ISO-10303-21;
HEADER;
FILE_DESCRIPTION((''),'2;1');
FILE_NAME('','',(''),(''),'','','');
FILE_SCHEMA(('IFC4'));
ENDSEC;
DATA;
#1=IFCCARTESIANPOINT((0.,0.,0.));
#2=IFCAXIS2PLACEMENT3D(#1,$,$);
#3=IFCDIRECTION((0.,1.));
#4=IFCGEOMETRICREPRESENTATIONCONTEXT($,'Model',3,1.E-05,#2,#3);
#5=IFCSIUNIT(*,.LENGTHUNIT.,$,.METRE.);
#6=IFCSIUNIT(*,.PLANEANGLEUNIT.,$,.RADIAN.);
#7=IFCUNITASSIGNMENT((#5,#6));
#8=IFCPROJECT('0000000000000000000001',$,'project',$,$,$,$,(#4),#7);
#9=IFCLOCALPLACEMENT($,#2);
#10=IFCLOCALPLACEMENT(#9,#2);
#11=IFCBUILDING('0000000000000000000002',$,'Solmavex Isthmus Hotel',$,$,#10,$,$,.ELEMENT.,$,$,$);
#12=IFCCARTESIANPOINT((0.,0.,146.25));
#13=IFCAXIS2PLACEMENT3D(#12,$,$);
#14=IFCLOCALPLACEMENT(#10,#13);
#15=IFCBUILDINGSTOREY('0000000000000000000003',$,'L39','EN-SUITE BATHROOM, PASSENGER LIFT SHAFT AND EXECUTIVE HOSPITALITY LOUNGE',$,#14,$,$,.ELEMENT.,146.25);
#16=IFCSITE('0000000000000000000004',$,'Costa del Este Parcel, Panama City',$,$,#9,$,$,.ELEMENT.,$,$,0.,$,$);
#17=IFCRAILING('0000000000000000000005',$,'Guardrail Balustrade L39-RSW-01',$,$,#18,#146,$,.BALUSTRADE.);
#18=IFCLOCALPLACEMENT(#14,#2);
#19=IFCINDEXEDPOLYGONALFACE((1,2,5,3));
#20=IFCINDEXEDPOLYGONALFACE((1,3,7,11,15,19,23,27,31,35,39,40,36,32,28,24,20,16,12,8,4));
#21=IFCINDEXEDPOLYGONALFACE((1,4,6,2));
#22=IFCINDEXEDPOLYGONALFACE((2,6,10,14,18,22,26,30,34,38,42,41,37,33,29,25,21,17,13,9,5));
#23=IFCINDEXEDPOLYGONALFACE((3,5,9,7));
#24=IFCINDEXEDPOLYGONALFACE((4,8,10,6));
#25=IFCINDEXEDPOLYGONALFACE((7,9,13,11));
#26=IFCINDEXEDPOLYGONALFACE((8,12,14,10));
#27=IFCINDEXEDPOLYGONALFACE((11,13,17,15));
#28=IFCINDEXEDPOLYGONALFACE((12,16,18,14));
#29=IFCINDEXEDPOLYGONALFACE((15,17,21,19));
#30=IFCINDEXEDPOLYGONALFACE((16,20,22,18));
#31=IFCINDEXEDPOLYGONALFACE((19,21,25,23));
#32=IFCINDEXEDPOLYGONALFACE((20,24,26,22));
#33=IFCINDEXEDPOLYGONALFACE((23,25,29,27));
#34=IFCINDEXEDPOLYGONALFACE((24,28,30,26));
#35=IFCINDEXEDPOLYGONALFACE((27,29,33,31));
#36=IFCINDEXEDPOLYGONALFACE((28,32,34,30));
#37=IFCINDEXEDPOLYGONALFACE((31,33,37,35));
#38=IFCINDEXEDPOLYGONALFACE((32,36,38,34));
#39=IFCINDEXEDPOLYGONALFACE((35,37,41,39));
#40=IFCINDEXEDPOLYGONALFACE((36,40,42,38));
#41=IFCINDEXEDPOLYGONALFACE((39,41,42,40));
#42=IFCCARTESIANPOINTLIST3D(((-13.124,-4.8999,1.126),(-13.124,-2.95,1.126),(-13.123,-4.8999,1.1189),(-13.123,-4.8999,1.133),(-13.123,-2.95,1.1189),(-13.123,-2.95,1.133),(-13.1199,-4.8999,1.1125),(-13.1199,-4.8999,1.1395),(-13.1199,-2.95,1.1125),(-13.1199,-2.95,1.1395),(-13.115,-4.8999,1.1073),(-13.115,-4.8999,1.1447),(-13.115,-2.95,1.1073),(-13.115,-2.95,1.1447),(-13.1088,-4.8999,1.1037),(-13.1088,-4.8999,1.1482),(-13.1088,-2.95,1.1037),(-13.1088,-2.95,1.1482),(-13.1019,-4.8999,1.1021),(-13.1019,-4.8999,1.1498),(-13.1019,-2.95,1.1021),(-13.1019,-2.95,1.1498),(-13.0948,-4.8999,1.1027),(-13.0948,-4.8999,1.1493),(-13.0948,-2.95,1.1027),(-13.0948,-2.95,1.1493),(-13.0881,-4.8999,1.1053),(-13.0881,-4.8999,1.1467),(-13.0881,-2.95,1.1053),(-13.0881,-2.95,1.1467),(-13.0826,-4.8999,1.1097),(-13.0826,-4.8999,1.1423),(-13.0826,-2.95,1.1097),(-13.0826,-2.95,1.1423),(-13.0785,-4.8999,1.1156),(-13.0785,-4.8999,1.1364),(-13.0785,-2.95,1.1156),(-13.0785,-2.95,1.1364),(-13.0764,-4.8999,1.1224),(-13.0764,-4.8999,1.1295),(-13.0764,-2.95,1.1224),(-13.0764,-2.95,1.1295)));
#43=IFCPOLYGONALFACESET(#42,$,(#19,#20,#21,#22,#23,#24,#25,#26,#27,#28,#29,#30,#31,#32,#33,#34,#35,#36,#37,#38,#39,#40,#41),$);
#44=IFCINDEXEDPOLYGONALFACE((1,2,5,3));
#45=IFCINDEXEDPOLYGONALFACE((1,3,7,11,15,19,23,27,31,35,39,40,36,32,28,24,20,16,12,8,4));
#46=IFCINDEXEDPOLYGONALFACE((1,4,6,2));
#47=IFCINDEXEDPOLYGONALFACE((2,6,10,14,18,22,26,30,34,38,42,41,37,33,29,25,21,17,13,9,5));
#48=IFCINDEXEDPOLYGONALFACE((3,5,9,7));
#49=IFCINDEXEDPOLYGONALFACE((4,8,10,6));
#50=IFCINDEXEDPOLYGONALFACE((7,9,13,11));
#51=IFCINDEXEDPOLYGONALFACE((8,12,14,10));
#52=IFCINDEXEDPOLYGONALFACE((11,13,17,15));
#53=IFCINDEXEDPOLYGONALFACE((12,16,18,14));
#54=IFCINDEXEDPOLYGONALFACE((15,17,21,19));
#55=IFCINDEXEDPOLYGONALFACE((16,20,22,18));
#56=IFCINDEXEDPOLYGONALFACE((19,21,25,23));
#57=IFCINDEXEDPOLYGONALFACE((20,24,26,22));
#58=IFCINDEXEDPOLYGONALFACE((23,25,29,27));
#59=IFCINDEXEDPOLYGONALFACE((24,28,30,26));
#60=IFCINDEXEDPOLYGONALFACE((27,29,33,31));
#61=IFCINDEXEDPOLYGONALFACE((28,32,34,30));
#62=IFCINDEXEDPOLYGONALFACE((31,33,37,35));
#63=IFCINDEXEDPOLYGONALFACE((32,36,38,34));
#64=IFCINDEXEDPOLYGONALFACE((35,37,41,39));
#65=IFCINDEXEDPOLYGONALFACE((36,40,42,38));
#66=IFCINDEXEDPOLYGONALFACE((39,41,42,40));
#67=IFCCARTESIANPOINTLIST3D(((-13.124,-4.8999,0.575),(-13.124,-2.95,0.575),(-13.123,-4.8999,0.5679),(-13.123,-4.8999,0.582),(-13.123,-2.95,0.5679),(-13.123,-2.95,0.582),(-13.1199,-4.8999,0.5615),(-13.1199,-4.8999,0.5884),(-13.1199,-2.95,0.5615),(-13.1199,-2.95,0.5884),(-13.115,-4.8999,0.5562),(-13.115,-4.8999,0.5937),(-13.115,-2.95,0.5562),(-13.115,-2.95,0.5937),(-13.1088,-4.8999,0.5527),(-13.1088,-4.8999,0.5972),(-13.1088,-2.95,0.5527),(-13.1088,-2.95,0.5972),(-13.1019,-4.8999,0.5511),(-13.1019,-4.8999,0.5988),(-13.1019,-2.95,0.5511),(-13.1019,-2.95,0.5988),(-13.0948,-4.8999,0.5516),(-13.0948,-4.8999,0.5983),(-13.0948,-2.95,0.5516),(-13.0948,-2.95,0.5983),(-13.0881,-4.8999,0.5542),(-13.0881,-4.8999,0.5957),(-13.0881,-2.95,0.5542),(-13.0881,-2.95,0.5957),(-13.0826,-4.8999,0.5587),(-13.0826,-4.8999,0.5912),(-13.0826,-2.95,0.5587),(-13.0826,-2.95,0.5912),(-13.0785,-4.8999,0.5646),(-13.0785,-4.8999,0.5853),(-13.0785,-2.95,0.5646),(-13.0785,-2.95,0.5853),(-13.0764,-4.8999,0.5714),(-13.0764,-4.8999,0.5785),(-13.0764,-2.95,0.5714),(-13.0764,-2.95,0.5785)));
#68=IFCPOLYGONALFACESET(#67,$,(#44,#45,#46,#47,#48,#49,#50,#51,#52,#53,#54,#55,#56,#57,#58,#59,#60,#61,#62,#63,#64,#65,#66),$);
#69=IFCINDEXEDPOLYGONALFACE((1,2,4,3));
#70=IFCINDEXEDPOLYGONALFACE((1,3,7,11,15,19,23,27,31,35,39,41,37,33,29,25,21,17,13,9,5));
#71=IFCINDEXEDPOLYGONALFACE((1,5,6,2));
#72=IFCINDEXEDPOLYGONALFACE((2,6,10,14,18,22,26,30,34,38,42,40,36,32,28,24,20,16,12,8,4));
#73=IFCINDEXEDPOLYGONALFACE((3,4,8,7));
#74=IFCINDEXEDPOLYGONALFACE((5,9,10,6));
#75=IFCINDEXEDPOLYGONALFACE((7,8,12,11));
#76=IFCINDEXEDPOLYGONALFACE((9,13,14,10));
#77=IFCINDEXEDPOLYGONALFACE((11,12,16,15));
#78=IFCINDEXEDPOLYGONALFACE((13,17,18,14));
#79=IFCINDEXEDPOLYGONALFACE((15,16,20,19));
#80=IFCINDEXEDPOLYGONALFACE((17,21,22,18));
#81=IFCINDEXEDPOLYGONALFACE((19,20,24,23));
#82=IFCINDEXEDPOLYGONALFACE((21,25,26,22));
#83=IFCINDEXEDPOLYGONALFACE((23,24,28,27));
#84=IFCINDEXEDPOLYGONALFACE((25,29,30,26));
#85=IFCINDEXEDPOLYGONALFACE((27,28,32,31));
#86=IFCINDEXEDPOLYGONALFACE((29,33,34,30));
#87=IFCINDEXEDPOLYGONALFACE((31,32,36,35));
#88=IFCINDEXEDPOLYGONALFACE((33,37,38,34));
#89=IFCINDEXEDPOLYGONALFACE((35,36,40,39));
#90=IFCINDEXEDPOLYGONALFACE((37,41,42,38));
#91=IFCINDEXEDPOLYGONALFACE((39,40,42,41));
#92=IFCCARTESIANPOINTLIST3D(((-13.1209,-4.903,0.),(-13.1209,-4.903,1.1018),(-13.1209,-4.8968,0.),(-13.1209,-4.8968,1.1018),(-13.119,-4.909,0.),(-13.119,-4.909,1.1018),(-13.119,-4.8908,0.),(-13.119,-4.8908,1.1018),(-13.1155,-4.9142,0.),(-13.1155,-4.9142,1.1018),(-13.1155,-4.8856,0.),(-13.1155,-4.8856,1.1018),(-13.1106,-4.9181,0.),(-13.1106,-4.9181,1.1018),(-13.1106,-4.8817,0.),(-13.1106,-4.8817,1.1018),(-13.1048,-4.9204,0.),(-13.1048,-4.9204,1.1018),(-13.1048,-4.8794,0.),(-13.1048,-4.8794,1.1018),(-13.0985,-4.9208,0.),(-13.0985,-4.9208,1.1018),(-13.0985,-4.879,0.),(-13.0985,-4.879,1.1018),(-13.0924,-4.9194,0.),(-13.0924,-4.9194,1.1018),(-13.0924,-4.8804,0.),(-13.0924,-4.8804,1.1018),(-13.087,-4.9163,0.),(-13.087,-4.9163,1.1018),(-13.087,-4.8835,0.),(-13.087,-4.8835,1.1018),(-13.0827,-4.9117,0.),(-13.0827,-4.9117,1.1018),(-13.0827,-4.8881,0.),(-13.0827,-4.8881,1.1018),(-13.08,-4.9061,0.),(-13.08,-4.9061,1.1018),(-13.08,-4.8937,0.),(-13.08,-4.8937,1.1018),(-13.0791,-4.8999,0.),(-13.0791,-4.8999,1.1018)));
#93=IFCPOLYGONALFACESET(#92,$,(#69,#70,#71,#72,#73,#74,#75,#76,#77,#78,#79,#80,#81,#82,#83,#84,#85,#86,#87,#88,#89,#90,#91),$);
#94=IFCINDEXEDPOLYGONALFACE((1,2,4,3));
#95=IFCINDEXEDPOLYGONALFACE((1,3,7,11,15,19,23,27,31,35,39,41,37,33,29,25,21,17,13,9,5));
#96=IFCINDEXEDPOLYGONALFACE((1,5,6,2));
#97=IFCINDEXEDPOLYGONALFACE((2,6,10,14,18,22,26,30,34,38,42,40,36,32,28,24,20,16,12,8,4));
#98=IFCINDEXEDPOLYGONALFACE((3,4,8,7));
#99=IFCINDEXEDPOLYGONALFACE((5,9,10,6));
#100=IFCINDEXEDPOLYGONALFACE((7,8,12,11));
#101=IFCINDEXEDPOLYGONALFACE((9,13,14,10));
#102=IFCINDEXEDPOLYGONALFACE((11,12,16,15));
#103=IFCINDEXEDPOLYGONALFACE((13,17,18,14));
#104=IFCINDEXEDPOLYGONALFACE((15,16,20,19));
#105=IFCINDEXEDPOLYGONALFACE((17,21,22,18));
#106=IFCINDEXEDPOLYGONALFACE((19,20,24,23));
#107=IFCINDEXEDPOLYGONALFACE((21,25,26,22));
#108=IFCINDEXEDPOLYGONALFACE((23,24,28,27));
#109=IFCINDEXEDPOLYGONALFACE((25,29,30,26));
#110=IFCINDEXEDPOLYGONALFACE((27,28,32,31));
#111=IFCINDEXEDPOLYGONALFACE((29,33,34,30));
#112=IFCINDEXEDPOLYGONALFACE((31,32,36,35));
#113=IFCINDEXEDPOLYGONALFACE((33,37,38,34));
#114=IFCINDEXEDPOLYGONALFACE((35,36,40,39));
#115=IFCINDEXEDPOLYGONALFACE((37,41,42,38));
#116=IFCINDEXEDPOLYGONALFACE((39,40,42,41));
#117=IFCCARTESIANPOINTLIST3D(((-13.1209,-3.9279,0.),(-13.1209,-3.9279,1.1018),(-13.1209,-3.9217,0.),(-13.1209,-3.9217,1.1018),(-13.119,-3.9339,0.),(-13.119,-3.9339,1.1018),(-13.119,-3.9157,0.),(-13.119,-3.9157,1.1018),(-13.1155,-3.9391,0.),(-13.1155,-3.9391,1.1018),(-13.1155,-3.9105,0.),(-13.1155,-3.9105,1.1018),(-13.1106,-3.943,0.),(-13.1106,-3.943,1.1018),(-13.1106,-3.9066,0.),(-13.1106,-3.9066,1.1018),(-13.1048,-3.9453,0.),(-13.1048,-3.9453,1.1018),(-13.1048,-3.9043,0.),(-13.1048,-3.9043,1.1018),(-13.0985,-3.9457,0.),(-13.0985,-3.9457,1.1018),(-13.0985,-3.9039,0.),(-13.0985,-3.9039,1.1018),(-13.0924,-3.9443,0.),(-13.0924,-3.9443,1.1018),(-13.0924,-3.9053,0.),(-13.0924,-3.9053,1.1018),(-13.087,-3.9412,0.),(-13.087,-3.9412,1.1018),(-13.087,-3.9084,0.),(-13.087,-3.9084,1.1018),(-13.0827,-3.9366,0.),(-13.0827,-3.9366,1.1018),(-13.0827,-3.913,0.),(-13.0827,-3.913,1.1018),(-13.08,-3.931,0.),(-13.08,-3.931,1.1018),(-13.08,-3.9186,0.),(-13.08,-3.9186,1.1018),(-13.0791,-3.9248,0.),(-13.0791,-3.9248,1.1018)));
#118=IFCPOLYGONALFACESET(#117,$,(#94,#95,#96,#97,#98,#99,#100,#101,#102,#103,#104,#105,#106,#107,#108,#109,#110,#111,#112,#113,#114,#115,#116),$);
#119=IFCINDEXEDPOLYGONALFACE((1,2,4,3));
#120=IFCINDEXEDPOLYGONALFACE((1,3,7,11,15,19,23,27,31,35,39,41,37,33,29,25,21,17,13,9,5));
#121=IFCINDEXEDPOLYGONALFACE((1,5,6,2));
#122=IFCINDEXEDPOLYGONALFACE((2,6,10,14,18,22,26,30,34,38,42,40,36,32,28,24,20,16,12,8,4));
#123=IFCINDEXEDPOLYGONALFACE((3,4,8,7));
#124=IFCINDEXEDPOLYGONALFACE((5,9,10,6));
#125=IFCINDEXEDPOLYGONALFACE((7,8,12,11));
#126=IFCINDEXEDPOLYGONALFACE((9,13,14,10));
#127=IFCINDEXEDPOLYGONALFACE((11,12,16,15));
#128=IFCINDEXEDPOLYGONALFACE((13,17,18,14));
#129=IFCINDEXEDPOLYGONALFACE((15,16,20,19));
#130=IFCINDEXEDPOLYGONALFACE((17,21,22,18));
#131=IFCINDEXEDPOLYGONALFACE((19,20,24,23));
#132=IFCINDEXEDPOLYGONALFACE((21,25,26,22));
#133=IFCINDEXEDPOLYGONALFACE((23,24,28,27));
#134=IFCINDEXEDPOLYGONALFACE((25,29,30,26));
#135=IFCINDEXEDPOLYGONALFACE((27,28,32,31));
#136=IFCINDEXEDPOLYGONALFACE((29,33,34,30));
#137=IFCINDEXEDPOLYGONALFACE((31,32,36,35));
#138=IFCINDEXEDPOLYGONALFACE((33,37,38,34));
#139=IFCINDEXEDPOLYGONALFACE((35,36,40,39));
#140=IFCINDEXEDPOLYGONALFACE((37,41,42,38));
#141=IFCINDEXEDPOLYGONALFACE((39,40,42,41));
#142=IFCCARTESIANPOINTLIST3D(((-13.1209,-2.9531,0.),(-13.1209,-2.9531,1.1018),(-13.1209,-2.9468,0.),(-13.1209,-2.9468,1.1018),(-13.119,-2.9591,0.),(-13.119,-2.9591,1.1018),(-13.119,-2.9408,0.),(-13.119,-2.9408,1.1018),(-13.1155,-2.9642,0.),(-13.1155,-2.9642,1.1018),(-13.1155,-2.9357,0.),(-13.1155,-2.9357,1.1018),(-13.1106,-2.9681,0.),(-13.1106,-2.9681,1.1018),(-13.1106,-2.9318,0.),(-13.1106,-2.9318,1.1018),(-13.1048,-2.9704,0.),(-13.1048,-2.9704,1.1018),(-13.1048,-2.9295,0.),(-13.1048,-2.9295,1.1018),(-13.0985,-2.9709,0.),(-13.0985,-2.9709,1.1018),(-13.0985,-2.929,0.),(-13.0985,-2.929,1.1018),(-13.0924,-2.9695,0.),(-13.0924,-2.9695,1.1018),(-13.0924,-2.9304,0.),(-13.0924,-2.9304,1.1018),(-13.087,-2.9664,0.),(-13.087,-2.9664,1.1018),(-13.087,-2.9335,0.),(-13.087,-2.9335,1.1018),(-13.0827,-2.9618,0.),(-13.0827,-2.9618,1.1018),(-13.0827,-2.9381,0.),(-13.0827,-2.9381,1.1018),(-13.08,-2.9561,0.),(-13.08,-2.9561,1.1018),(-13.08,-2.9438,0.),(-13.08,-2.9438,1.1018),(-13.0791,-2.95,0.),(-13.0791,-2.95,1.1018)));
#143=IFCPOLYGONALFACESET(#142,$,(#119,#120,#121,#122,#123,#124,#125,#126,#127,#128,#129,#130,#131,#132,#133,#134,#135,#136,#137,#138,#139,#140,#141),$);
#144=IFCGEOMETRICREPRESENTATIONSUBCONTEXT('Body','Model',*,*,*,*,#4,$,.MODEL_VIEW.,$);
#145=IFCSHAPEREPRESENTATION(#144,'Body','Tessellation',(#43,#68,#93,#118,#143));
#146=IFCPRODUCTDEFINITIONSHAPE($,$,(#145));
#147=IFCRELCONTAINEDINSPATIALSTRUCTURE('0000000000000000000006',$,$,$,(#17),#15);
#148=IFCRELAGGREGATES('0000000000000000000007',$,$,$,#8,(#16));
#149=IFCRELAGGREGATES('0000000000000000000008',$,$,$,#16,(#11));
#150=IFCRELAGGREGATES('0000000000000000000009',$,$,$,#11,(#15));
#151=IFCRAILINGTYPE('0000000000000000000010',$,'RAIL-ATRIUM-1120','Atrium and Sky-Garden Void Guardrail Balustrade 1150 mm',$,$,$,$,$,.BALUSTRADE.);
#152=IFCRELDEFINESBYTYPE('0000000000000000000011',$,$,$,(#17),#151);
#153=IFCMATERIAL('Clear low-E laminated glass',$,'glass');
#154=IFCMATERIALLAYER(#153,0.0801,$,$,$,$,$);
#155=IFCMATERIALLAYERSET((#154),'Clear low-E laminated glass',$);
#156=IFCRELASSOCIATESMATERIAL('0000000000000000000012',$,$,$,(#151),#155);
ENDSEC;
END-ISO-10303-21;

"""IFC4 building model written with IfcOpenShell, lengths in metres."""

from ifc_helpers import new_model, si_unit, direction, frame, origin, origin_2d, place, context, subcontext, project, spatial, circle, extrude, material, layer, layer_set, type_object, element, save


model = new_model("IFC4")

# Units and contexts
model_context = context("Model", 3, precision=1e-05, world=origin(), true_north=direction((0.0, 1.0)))
body_context = subcontext(model_context, "Body", "Model", "MODEL_VIEW")
ifc_project = project(units=[si_unit("LENGTHUNIT", "METRE"), si_unit("PLANEANGLEUNIT", "RADIAN")], contexts=[model_context])

# Site, building, storey
site_placement = place(None, origin())
site = spatial("IfcSite", under=ifc_project, at=site_placement, Name="Costa del Este Parcel, Panama City", CompositionType="ELEMENT", RefElevation=0.0)
building_placement = place(site_placement, origin())
building = spatial("IfcBuilding", under=site, at=building_placement, Name="Solmavex Isthmus Hotel", CompositionType="ELEMENT")
storey_placement = place(building_placement, frame((0.0, 0.0, 146.25)))
storey = spatial("IfcBuildingStorey", under=building, at=storey_placement, Name="L39", Description="EN-SUITE BATHROOM, PASSENGER LIFT SHAFT AND EXECUTIVE HOSPITALITY LOUNGE", CompositionType="ELEMENT", Elevation=146.25)

# Shared definitions
ifc_material_1 = material(Name="Clear low-E laminated glass", Category="glass")

# Railing
ifc_layer_1 = layer(ifc_material_1, 0.0801)
ifc_layer_set_1 = layer_set([ifc_layer_1], Name="Clear low-E laminated glass")
railing_type_1 = type_object("IfcRailingType", Name="RAIL-ATRIUM-1120", Description="Atrium and Sky-Garden Void Guardrail Balustrade 1150 mm", PredefinedType="BALUSTRADE", material=ifc_layer_set_1)
railing_1_placement = place(storey_placement, frame((-13.1001, -4.8999, 0.0)))
element("IfcRailing", 1, at=railing_1_placement, inside=storey, type_object=railing_type_1, Name="Guardrail Balustrade L39-RSW-01", PredefinedType="BALUSTRADE", context=body_context, shape_type="SweptSolid", body=[
    extrude(circle(Radius=0.0239, at=origin_2d()), frame((0.0, 0.0, 1.126), z_axis=(0.0, 1.0, 0.0), x_axis=(-1.0, 0.0, 0.0)), (0.0, 0.0, 1.0), 1.95),
    extrude(circle(Radius=0.0239, at=origin_2d()), frame((0.0, 0.0, 0.575), z_axis=(0.0, 1.0, 0.0), x_axis=(-1.0, 0.0, 0.0)), (0.0, 0.0, 1.0), 1.95),
    extrude(circle(Radius=0.021, at=origin_2d()), origin(), (0.0, 0.0, 1.0), 1.1018),
    extrude(circle(Radius=0.021, at=origin_2d()), frame((0.0, 0.9751, 0.0)), (0.0, 0.0, 1.0), 1.1018),
    extrude(circle(Radius=0.021, at=origin_2d()), frame((0.0, 1.95, 0.0)), (0.0, 0.0, 1.0), 1.1018),
])

save(model, "model.ifc")
